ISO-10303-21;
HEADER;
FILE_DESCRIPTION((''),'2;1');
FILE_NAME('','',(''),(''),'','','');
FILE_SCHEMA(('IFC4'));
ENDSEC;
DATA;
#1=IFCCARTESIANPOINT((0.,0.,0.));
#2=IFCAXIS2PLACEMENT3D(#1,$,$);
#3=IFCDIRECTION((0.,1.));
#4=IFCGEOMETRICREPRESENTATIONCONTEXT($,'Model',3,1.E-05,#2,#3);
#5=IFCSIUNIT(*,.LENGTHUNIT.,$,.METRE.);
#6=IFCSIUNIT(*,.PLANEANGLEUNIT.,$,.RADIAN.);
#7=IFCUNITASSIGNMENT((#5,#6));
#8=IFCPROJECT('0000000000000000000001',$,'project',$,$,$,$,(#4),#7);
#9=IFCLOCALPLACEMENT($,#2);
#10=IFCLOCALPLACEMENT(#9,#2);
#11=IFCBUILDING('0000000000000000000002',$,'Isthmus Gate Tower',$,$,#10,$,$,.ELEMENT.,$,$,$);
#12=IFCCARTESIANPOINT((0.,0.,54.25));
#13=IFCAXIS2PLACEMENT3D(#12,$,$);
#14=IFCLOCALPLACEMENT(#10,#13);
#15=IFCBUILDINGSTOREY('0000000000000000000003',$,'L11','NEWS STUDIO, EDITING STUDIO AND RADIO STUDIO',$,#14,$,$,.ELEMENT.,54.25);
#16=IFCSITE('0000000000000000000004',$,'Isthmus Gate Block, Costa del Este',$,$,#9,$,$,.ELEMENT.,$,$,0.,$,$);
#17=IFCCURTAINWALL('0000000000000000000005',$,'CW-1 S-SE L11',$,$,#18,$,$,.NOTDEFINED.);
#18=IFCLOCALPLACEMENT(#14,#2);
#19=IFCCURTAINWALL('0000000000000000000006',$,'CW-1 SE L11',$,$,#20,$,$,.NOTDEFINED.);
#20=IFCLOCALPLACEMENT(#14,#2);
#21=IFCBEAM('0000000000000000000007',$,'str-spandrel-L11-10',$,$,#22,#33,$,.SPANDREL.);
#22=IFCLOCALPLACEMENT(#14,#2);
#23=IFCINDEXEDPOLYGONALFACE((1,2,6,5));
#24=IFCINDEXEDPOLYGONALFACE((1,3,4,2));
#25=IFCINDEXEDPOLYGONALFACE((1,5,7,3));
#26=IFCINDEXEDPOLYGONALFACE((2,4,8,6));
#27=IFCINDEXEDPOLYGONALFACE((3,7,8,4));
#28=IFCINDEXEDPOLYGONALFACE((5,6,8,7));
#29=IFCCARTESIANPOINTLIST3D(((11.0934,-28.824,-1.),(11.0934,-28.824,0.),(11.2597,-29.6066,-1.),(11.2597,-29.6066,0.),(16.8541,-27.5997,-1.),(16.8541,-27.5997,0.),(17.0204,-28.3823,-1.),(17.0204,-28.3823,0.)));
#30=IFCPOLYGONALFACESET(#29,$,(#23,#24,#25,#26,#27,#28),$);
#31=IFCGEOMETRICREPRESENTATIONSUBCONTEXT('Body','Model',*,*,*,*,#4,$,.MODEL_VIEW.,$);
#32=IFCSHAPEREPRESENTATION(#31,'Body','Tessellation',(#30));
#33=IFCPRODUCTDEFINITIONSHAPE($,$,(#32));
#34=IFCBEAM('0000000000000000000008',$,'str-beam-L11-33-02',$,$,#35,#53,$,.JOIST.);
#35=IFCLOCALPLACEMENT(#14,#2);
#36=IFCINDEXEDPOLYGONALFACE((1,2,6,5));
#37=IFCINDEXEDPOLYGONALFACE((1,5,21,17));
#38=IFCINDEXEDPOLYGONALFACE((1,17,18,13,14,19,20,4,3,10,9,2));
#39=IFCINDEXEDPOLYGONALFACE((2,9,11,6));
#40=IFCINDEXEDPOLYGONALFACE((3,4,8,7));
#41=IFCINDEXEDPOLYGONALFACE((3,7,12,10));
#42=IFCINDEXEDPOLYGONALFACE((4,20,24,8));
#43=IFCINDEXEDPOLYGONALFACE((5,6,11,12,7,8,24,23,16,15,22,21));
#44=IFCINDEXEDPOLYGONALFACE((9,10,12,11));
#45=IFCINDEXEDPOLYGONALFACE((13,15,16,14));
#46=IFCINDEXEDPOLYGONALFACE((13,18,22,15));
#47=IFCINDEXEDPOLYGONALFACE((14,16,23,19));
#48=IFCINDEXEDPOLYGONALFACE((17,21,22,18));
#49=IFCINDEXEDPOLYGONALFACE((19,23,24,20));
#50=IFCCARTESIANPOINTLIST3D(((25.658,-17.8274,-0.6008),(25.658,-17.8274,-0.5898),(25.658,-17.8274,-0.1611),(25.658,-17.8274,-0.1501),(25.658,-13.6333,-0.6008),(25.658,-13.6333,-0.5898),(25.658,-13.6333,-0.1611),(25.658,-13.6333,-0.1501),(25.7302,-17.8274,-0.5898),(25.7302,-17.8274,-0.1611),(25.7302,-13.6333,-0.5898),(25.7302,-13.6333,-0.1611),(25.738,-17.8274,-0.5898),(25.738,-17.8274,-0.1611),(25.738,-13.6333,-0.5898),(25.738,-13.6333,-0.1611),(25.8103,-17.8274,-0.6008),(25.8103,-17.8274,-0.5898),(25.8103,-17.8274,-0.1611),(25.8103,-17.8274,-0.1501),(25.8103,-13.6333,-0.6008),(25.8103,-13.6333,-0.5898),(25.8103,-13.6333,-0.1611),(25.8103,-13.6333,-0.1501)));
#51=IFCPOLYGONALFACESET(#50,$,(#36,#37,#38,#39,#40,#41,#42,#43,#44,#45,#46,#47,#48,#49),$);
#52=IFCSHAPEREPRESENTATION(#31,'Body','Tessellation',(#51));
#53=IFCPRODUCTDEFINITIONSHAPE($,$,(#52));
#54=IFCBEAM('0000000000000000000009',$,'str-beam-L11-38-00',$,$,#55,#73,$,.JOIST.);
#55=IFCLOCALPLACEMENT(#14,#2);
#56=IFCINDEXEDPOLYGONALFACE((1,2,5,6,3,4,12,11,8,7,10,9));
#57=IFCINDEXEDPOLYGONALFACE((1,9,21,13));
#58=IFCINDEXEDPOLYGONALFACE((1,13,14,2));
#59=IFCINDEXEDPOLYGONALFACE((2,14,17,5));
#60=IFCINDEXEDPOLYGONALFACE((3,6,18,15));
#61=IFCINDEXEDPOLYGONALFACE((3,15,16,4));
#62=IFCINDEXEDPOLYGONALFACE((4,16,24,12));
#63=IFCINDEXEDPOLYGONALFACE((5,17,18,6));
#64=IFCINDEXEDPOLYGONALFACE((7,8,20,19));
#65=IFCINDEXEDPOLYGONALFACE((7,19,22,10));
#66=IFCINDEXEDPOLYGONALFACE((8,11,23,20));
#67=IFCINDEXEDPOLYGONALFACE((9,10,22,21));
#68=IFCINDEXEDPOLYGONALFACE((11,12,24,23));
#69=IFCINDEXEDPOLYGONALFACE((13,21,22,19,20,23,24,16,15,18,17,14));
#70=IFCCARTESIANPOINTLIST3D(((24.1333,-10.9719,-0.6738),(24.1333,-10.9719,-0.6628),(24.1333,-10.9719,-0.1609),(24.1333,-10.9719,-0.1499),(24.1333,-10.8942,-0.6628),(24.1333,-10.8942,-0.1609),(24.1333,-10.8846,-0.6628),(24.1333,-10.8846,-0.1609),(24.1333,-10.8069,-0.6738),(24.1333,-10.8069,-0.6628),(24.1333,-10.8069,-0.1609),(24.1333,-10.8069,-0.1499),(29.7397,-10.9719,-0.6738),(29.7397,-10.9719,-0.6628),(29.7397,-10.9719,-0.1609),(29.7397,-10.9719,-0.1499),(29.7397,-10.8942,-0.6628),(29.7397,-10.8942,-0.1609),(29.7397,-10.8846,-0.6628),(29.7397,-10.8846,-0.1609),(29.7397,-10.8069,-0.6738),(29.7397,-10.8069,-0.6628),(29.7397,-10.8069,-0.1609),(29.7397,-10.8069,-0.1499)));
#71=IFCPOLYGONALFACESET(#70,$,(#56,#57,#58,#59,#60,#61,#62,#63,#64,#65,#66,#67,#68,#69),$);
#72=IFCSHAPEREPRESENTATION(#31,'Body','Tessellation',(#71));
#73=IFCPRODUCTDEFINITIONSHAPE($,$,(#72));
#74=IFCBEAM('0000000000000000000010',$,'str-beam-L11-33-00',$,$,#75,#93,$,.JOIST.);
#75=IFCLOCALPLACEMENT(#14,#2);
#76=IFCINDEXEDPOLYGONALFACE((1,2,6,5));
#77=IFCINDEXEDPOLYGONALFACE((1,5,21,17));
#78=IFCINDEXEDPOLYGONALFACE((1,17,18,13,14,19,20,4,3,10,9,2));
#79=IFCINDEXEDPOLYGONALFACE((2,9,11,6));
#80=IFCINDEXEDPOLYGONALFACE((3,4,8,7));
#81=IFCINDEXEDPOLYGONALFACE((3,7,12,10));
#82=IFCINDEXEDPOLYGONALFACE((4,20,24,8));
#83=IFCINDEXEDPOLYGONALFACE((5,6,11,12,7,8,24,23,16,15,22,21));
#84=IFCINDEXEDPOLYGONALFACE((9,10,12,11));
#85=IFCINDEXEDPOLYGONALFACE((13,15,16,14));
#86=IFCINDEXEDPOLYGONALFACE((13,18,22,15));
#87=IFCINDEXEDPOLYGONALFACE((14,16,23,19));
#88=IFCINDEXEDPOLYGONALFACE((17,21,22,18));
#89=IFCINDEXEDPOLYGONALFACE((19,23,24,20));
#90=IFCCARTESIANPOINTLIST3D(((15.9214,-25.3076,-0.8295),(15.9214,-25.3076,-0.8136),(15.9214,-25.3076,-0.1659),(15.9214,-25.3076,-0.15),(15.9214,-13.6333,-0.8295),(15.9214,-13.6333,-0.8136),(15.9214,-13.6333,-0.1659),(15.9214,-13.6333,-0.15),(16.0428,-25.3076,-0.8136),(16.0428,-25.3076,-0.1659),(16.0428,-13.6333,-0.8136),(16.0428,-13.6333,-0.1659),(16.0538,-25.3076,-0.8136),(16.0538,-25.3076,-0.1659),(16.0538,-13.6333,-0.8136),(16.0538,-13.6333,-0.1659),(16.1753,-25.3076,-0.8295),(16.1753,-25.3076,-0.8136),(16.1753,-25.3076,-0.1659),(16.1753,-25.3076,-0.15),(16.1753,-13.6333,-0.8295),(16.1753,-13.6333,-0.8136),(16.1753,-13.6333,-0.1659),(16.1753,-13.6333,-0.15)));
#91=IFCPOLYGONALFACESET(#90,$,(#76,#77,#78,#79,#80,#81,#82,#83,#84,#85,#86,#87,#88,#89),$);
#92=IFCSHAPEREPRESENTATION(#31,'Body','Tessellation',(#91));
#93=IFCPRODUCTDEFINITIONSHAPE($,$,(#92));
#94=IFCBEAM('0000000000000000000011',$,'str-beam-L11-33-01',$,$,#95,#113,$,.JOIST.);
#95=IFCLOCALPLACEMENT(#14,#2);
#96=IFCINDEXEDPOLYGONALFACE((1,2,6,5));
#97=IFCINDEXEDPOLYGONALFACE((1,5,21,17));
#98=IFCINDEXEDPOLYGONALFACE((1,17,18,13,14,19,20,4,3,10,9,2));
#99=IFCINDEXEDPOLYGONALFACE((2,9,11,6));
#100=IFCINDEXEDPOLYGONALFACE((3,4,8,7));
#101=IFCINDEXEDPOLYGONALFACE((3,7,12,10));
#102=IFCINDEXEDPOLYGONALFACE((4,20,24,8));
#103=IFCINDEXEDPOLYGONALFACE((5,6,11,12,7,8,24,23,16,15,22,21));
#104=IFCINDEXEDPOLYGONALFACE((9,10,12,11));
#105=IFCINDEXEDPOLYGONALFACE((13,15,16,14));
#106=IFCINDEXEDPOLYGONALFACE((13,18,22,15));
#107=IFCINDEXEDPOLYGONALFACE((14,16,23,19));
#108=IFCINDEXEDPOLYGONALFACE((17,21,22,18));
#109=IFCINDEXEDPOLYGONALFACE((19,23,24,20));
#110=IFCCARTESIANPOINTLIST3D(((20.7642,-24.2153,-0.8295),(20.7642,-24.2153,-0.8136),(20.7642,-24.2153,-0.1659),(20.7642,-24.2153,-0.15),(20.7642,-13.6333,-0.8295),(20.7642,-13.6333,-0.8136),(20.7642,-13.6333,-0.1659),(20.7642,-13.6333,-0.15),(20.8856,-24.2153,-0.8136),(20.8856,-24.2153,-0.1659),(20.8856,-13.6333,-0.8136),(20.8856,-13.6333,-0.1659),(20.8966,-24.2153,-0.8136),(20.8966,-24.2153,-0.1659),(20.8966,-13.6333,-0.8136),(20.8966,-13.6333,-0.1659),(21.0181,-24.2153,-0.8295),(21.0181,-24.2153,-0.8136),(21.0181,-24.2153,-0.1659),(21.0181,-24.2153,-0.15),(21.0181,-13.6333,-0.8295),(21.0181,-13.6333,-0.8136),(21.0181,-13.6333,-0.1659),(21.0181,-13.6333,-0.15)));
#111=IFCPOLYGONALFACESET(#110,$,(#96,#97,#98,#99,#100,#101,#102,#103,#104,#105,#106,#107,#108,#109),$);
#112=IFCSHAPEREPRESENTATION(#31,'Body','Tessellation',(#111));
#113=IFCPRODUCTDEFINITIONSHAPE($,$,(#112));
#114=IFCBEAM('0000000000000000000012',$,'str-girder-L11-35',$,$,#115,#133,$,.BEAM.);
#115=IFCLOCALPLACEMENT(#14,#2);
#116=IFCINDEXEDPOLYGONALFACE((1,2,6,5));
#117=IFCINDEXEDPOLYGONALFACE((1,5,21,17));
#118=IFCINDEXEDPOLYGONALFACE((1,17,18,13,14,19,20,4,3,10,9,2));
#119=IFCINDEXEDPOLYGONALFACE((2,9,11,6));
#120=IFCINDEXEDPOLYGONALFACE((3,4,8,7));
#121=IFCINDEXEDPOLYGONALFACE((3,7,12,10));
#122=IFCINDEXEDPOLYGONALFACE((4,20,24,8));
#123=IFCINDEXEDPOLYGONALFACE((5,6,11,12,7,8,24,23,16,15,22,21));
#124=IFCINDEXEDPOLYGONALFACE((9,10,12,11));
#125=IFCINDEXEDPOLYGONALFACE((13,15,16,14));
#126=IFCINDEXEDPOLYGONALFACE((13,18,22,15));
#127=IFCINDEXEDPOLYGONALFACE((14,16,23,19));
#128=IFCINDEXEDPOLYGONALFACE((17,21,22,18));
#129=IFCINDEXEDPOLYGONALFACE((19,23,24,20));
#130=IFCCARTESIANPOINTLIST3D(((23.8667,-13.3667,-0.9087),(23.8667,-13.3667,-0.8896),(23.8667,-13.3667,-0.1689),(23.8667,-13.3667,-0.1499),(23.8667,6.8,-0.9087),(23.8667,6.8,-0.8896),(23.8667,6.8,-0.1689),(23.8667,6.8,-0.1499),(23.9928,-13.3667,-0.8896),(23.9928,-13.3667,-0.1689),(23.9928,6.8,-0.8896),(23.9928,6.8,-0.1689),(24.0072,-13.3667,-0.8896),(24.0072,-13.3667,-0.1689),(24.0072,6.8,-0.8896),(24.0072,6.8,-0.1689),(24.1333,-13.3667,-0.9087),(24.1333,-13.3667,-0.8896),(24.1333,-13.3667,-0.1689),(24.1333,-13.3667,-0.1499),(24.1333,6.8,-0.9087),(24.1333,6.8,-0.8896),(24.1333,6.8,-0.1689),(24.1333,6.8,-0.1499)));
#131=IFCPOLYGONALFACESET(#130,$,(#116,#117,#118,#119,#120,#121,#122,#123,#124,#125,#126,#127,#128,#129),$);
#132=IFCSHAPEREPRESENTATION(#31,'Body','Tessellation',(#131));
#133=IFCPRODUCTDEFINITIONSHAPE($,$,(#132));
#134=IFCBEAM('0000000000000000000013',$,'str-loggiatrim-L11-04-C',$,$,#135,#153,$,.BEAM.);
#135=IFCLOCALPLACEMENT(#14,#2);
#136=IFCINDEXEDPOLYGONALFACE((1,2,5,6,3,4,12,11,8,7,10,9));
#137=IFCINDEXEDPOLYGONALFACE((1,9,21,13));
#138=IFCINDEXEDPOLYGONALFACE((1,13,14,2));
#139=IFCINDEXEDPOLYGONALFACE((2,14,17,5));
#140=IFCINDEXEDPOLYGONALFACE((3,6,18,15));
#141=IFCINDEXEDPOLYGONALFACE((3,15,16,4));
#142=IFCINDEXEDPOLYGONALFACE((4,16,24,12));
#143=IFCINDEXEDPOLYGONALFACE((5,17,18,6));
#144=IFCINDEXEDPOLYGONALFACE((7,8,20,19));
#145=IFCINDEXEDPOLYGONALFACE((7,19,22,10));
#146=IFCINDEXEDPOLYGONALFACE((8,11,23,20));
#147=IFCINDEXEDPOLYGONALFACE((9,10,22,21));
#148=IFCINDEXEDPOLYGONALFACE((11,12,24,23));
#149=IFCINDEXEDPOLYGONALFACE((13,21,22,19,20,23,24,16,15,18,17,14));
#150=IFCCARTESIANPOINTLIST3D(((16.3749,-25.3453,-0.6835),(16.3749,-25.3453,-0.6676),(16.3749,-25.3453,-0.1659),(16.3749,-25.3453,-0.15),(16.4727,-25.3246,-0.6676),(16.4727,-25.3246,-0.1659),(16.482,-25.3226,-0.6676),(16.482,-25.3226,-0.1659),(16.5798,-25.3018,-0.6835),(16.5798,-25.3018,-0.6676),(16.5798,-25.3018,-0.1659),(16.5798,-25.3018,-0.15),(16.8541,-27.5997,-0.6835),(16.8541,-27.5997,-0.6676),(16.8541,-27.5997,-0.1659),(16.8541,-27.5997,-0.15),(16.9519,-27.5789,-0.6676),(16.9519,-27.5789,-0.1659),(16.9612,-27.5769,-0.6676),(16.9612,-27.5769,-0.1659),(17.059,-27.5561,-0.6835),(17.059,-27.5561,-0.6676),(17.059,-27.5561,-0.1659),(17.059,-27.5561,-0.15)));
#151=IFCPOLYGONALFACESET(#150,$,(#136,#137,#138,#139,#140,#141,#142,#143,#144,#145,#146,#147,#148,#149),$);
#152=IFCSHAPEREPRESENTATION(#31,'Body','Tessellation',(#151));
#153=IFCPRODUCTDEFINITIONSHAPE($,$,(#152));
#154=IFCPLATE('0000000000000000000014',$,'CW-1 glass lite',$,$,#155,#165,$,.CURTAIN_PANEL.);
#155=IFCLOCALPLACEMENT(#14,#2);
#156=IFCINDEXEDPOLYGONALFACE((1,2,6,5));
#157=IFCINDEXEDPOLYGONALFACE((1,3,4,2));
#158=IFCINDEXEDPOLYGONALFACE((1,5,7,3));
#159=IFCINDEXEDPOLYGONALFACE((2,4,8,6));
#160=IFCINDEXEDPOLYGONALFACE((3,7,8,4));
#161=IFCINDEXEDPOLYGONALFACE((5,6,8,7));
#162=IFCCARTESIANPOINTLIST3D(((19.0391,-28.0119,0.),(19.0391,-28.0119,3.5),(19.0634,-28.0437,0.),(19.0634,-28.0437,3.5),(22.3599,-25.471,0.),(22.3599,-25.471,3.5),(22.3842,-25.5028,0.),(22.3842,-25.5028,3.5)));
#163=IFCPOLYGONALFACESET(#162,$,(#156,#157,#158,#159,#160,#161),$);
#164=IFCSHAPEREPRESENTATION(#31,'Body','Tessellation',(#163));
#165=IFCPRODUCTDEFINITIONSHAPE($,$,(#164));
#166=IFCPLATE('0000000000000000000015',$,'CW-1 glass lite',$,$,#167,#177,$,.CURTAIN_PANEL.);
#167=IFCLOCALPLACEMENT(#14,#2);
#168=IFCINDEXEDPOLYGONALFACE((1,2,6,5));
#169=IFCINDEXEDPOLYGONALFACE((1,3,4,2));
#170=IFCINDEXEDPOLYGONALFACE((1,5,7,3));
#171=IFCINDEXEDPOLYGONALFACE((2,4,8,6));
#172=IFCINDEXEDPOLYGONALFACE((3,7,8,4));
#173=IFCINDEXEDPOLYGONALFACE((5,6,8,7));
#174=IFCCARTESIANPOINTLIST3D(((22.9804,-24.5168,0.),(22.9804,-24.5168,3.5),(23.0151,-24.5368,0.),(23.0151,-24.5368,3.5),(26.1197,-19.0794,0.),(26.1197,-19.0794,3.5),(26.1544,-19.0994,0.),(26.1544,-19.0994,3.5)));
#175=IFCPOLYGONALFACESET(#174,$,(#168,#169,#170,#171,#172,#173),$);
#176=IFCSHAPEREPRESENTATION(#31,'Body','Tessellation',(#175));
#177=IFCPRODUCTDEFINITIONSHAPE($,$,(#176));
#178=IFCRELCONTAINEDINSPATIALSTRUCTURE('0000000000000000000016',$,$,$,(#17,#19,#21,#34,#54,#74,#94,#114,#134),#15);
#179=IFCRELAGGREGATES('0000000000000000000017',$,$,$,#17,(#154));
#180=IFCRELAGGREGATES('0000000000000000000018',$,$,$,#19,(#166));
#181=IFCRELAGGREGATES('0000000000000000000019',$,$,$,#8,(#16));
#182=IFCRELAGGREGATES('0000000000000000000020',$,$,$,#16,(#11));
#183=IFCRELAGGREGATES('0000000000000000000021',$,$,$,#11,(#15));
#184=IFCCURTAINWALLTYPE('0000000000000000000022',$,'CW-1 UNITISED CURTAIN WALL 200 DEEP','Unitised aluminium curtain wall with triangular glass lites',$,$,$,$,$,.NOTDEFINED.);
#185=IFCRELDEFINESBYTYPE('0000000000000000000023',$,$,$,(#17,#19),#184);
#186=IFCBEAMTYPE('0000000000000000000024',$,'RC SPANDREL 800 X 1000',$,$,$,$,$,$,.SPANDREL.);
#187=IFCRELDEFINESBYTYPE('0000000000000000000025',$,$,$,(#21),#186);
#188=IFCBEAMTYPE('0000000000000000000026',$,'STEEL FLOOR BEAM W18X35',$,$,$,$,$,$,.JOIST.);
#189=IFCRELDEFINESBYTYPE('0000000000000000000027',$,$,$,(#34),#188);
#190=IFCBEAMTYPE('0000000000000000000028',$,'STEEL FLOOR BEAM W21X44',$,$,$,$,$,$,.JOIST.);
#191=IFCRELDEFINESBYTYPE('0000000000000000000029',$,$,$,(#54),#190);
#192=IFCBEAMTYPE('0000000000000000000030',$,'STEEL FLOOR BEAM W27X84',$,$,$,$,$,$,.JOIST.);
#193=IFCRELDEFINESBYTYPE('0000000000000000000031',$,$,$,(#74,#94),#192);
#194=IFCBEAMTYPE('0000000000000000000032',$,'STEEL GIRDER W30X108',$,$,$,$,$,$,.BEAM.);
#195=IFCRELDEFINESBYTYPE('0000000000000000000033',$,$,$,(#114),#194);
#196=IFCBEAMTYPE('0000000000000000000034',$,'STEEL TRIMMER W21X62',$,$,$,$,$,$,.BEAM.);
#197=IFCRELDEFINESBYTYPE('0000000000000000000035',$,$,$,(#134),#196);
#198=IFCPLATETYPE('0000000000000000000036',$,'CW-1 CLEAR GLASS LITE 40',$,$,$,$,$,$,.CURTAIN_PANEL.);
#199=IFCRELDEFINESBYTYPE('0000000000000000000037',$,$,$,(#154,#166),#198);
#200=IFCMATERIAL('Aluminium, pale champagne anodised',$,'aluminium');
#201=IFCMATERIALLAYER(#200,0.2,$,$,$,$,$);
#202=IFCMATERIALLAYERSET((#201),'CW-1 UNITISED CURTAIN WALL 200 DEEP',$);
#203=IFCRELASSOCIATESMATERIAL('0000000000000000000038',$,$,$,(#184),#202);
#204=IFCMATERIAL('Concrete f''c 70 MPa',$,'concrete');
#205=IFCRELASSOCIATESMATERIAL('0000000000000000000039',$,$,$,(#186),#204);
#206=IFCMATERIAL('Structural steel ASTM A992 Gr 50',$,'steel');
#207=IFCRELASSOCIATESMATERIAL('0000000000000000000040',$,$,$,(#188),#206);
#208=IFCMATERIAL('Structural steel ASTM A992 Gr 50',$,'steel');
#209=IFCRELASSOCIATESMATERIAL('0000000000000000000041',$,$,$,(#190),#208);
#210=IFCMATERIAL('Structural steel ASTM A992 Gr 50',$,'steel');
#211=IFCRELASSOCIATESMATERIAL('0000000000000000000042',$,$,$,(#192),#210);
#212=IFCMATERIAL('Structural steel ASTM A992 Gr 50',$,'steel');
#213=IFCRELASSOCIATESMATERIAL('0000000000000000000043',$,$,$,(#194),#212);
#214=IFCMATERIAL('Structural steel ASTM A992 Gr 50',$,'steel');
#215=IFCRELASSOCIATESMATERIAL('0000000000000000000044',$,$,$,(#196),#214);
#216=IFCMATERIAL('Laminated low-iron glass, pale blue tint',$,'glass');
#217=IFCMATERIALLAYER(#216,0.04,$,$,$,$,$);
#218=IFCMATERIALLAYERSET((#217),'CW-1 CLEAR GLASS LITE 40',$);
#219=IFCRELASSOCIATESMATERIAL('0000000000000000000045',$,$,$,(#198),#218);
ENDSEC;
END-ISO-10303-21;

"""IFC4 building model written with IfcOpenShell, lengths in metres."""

from ifc_helpers import new_model, si_unit, direction, frame, origin, origin_2d, place, context, subcontext, project, spatial, rectangle, i_section, extrude, material, layer, layer_set, material_profile, profile_set, type_object, element, aggregate, save


model = new_model("IFC4")

# Units and contexts
model_context = context("Model", 3, precision=1e-05, world=origin(), true_north=direction((0.0, 1.0)))
body_context = subcontext(model_context, "Body", "Model", "MODEL_VIEW")
ifc_project = project(units=[si_unit("LENGTHUNIT", "METRE"), si_unit("PLANEANGLEUNIT", "RADIAN")], contexts=[model_context])

# Site, building, storey
site_placement = place(None, origin())
site = spatial("IfcSite", under=ifc_project, at=site_placement, Name="Isthmus Gate Block, Costa del Este", CompositionType="ELEMENT", RefElevation=0.0)
building_placement = place(site_placement, origin())
building = spatial("IfcBuilding", under=site, at=building_placement, Name="Isthmus Gate Tower", CompositionType="ELEMENT")
storey_placement = place(building_placement, frame((0.0, 0.0, 54.25)))
storey = spatial("IfcBuildingStorey", under=building, at=storey_placement, Name="L11", Description="NEWS STUDIO, EDITING STUDIO AND RADIO STUDIO", CompositionType="ELEMENT", Elevation=54.25)

# Curtain wall
ifc_material_1 = material(Name="Aluminium, pale champagne anodised", Category="aluminium")
ifc_layer_1 = layer(ifc_material_1, 0.2)
ifc_layer_set_1 = layer_set([ifc_layer_1], Name="CW-1 UNITISED CURTAIN WALL 200 DEEP")
curtain_wall_type_1 = type_object("IfcCurtainWallType", Name="CW-1 UNITISED CURTAIN WALL 200 DEEP", Description="Unitised aluminium curtain wall with triangular glass lites", PredefinedType="NOTDEFINED", material=ifc_layer_set_1)
curtain_wall_1_placement = place(storey_placement, origin())
curtain_wall_1 = element("IfcCurtainWall", 1, at=curtain_wall_1_placement, inside=storey, type_object=curtain_wall_type_1, Name="CW-1 S-SE L11", PredefinedType="NOTDEFINED")

# Curtain wall
curtain_wall_2_placement = place(storey_placement, origin())
curtain_wall_2 = element("IfcCurtainWall", 2, at=curtain_wall_2_placement, inside=storey, type_object=curtain_wall_type_1, Name="CW-1 SE L11", PredefinedType="NOTDEFINED")

# Beams
ifc_material_2 = material(Name="Concrete f'c 70 MPa", Category="concrete")
ifc_material_profile_1 = material_profile(ifc_material_2, rectangle(XDim=0.8, YDim=1.0, at=origin_2d()), Name="RC 800X1000")
ifc_profile_set_1 = profile_set([ifc_material_profile_1], Name="Concrete f'c 70 MPa")
beam_type_1 = type_object("IfcBeamType", Name="RC SPANDREL 800 X 1000", PredefinedType="SPANDREL", material=ifc_profile_set_1)
beam_1_placement = place(storey_placement, frame((16.9373, -27.991, -0.5), z_axis=(-0.978152, -0.207892, 0.0), x_axis=(0.207892, -0.978152, 0.0)))
element("IfcBeam", 3, at=beam_1_placement, inside=storey, type_object=beam_type_1, Name="str-spandrel-L11-10", PredefinedType="SPANDREL", context=body_context, shape_type="SweptSolid", body=[
    extrude(rectangle(XDim=0.8, YDim=1.0, at=origin_2d()), origin(), (0.0, 0.0, 1.0), 5.8894),
])
ifc_material_3 = material(Name="Structural steel ASTM A992 Gr 50", Category="steel")
ifc_material_profile_2 = material_profile(ifc_material_3, i_section(OverallWidth=0.1523, OverallDepth=0.4507, WebThickness=0.0078, FlangeThickness=0.011, at=origin_2d()), Name="W18X35")
ifc_profile_set_2 = profile_set([ifc_material_profile_2], Name="Structural steel ASTM A992 Gr 50")
beam_type_2 = type_object("IfcBeamType", Name="STEEL FLOOR BEAM W18X35", PredefinedType="JOIST", material=ifc_profile_set_2)
beam_2_placement = place(storey_placement, frame((25.7341, -17.8274, -0.3755), z_axis=(0.0, 1.0, 0.0), x_axis=(-1.0, 0.0, 0.0)))
element("IfcBeam", 4, at=beam_2_placement, inside=storey, type_object=beam_type_2, Name="str-beam-L11-33-02", PredefinedType="JOIST", context=body_context, shape_type="SweptSolid", body=[
    extrude(i_section(OverallWidth=0.1523, OverallDepth=0.4507, WebThickness=0.0078, FlangeThickness=0.011, at=origin_2d()), origin(), (0.0, 0.0, 1.0), 4.1941),
])
ifc_material_4 = material(Name="Structural steel ASTM A992 Gr 50", Category="steel")
ifc_material_profile_3 = material_profile(ifc_material_4, i_section(OverallWidth=0.165, OverallDepth=0.5239, WebThickness=0.0095, FlangeThickness=0.011, at=origin_2d()), Name="W21X44")
ifc_profile_set_3 = profile_set([ifc_material_profile_3], Name="Structural steel ASTM A992 Gr 50")
beam_type_3 = type_object("IfcBeamType", Name="STEEL FLOOR BEAM W21X44", PredefinedType="JOIST", material=ifc_profile_set_3)
beam_3_placement = place(storey_placement, frame((24.1333, -10.8894, -0.4119), z_axis=(1.0, 0.0, 0.0), x_axis=(0.0, 1.0, 0.0)))
element("IfcBeam", 5, at=beam_3_placement, inside=storey, type_object=beam_type_3, Name="str-beam-L11-38-00", PredefinedType="JOIST", context=body_context, shape_type="SweptSolid", body=[
    extrude(i_section(OverallWidth=0.165, OverallDepth=0.5239, WebThickness=0.0095, FlangeThickness=0.011, at=origin_2d()), origin(), (0.0, 0.0, 1.0), 5.6064),
])
ifc_material_5 = material(Name="Structural steel ASTM A992 Gr 50", Category="steel")
ifc_material_profile_4 = material_profile(ifc_material_5, i_section(OverallWidth=0.2539, OverallDepth=0.6794, WebThickness=0.011, FlangeThickness=0.0159, at=origin_2d()), Name="W27X84")
ifc_profile_set_4 = profile_set([ifc_material_profile_4], Name="Structural steel ASTM A992 Gr 50")
beam_type_4 = type_object("IfcBeamType", Name="STEEL FLOOR BEAM W27X84", PredefinedType="JOIST", material=ifc_profile_set_4)
beam_4_placement = place(storey_placement, frame((16.0483, -25.3076, -0.4897), z_axis=(0.0, 1.0, 0.0), x_axis=(-1.0, 0.0, 0.0)))
element("IfcBeam", 6, at=beam_4_placement, inside=storey, type_object=beam_type_4, Name="str-beam-L11-33-00", PredefinedType="JOIST", context=body_context, shape_type="SweptSolid", body=[
    extrude(i_section(OverallWidth=0.2539, OverallDepth=0.6794, WebThickness=0.011, FlangeThickness=0.0159, at=origin_2d()), origin(), (0.0, 0.0, 1.0), 11.6743),
])
beam_5_placement = place(storey_placement, frame((20.8911, -24.2153, -0.4897), z_axis=(0.0, 1.0, 0.0), x_axis=(-1.0, 0.0, 0.0)))
element("IfcBeam", 7, at=beam_5_placement, inside=storey, type_object=beam_type_4, Name="str-beam-L11-33-01", PredefinedType="JOIST", context=body_context, shape_type="SweptSolid", body=[
    extrude(i_section(OverallWidth=0.2539, OverallDepth=0.6794, WebThickness=0.011, FlangeThickness=0.0159, at=origin_2d()), origin(), (0.0, 0.0, 1.0), 10.582),
])
ifc_material_6 = material(Name="Structural steel ASTM A992 Gr 50", Category="steel")
ifc_material_profile_5 = material_profile(ifc_material_6, i_section(OverallWidth=0.2666, OverallDepth=0.7588, WebThickness=0.0144, FlangeThickness=0.019, at=origin_2d()), Name="W30X108")
ifc_profile_set_5 = profile_set([ifc_material_profile_5], Name="Structural steel ASTM A992 Gr 50")
beam_type_5 = type_object("IfcBeamType", Name="STEEL GIRDER W30X108", PredefinedType="BEAM", material=ifc_profile_set_5)
beam_6_placement = place(storey_placement, frame((24.0, -13.3667, -0.5293), z_axis=(0.0, 1.0, 0.0), x_axis=(-1.0, 0.0, 0.0)))
element("IfcBeam", 8, at=beam_6_placement, inside=storey, type_object=beam_type_5, Name="str-girder-L11-35", PredefinedType="BEAM", context=body_context, shape_type="SweptSolid", body=[
    extrude(i_section(OverallWidth=0.2666, OverallDepth=0.7588, WebThickness=0.0144, FlangeThickness=0.019, at=origin_2d()), origin(), (0.0, 0.0, 1.0), 20.1667),
])
ifc_material_7 = material(Name="Structural steel ASTM A992 Gr 50", Category="steel")
ifc_material_profile_6 = material_profile(ifc_material_7, i_section(OverallWidth=0.2095, OverallDepth=0.5334, WebThickness=0.0095, FlangeThickness=0.0159, at=origin_2d()), Name="W21X62")
ifc_profile_set_6 = profile_set([ifc_material_profile_6], Name="Structural steel ASTM A992 Gr 50")
beam_type_6 = type_object("IfcBeamType", Name="STEEL TRIMMER W21X62", PredefinedType="BEAM", material=ifc_profile_set_6)
beam_7_placement = place(storey_placement, frame((16.9565, -27.5779, -0.4167), z_axis=(-0.207937, 0.978142, 0.0), x_axis=(-0.978142, -0.207937, 0.0)))
element("IfcBeam", 9, at=beam_7_placement, inside=storey, type_object=beam_type_6, Name="str-loggiatrim-L11-04-C", PredefinedType="BEAM", context=body_context, shape_type="SweptSolid", body=[
    extrude(i_section(OverallWidth=0.2095, OverallDepth=0.5334, WebThickness=0.0095, FlangeThickness=0.0159, at=origin_2d()), origin(), (0.0, 0.0, 1.0), 2.3047),
])

# Plates
ifc_material_8 = material(Name="Laminated low-iron glass, pale blue tint", Category="glass")
ifc_layer_2 = layer(ifc_material_8, 0.04)
ifc_layer_set_2 = layer_set([ifc_layer_2], Name="CW-1 CLEAR GLASS LITE 40")
plate_type_1 = type_object("IfcPlateType", Name="CW-1 CLEAR GLASS LITE 40", PredefinedType="CURTAIN_PANEL", material=ifc_layer_set_2)
plate_1_placement = place(storey_placement, frame((20.7117, -26.7573, 0.0), z_axis=(0.0, 0.0, 1.0), x_axis=(0.794189, 0.607671, 0.0)))
plate_1 = element("IfcPlate", 10, at=plate_1_placement, type_object=plate_type_1, Name="CW-1 glass lite", PredefinedType="CURTAIN_PANEL", context=body_context, shape_type="SweptSolid", body=[
    extrude(rectangle(XDim=4.1814, YDim=0.04, at=origin_2d()), origin(), (0.0, 0.0, 1.0), 3.5),
])
aggregate(curtain_wall_1, [plate_1])
plate_2_placement = place(storey_placement, frame((24.5674, -21.8081, 0.0), z_axis=(0.0, 0.0, 1.0), x_axis=(0.5, 0.866025, 0.0)))
plate_2 = element("IfcPlate", 11, at=plate_2_placement, type_object=plate_type_1, Name="CW-1 glass lite", PredefinedType="CURTAIN_PANEL", context=body_context, shape_type="SweptSolid", body=[
    extrude(rectangle(XDim=6.2786, YDim=0.04, at=origin_2d()), origin(), (0.0, 0.0, 1.0), 3.5),
])
aggregate(curtain_wall_2, [plate_2])

save(model, "model.ifc")
